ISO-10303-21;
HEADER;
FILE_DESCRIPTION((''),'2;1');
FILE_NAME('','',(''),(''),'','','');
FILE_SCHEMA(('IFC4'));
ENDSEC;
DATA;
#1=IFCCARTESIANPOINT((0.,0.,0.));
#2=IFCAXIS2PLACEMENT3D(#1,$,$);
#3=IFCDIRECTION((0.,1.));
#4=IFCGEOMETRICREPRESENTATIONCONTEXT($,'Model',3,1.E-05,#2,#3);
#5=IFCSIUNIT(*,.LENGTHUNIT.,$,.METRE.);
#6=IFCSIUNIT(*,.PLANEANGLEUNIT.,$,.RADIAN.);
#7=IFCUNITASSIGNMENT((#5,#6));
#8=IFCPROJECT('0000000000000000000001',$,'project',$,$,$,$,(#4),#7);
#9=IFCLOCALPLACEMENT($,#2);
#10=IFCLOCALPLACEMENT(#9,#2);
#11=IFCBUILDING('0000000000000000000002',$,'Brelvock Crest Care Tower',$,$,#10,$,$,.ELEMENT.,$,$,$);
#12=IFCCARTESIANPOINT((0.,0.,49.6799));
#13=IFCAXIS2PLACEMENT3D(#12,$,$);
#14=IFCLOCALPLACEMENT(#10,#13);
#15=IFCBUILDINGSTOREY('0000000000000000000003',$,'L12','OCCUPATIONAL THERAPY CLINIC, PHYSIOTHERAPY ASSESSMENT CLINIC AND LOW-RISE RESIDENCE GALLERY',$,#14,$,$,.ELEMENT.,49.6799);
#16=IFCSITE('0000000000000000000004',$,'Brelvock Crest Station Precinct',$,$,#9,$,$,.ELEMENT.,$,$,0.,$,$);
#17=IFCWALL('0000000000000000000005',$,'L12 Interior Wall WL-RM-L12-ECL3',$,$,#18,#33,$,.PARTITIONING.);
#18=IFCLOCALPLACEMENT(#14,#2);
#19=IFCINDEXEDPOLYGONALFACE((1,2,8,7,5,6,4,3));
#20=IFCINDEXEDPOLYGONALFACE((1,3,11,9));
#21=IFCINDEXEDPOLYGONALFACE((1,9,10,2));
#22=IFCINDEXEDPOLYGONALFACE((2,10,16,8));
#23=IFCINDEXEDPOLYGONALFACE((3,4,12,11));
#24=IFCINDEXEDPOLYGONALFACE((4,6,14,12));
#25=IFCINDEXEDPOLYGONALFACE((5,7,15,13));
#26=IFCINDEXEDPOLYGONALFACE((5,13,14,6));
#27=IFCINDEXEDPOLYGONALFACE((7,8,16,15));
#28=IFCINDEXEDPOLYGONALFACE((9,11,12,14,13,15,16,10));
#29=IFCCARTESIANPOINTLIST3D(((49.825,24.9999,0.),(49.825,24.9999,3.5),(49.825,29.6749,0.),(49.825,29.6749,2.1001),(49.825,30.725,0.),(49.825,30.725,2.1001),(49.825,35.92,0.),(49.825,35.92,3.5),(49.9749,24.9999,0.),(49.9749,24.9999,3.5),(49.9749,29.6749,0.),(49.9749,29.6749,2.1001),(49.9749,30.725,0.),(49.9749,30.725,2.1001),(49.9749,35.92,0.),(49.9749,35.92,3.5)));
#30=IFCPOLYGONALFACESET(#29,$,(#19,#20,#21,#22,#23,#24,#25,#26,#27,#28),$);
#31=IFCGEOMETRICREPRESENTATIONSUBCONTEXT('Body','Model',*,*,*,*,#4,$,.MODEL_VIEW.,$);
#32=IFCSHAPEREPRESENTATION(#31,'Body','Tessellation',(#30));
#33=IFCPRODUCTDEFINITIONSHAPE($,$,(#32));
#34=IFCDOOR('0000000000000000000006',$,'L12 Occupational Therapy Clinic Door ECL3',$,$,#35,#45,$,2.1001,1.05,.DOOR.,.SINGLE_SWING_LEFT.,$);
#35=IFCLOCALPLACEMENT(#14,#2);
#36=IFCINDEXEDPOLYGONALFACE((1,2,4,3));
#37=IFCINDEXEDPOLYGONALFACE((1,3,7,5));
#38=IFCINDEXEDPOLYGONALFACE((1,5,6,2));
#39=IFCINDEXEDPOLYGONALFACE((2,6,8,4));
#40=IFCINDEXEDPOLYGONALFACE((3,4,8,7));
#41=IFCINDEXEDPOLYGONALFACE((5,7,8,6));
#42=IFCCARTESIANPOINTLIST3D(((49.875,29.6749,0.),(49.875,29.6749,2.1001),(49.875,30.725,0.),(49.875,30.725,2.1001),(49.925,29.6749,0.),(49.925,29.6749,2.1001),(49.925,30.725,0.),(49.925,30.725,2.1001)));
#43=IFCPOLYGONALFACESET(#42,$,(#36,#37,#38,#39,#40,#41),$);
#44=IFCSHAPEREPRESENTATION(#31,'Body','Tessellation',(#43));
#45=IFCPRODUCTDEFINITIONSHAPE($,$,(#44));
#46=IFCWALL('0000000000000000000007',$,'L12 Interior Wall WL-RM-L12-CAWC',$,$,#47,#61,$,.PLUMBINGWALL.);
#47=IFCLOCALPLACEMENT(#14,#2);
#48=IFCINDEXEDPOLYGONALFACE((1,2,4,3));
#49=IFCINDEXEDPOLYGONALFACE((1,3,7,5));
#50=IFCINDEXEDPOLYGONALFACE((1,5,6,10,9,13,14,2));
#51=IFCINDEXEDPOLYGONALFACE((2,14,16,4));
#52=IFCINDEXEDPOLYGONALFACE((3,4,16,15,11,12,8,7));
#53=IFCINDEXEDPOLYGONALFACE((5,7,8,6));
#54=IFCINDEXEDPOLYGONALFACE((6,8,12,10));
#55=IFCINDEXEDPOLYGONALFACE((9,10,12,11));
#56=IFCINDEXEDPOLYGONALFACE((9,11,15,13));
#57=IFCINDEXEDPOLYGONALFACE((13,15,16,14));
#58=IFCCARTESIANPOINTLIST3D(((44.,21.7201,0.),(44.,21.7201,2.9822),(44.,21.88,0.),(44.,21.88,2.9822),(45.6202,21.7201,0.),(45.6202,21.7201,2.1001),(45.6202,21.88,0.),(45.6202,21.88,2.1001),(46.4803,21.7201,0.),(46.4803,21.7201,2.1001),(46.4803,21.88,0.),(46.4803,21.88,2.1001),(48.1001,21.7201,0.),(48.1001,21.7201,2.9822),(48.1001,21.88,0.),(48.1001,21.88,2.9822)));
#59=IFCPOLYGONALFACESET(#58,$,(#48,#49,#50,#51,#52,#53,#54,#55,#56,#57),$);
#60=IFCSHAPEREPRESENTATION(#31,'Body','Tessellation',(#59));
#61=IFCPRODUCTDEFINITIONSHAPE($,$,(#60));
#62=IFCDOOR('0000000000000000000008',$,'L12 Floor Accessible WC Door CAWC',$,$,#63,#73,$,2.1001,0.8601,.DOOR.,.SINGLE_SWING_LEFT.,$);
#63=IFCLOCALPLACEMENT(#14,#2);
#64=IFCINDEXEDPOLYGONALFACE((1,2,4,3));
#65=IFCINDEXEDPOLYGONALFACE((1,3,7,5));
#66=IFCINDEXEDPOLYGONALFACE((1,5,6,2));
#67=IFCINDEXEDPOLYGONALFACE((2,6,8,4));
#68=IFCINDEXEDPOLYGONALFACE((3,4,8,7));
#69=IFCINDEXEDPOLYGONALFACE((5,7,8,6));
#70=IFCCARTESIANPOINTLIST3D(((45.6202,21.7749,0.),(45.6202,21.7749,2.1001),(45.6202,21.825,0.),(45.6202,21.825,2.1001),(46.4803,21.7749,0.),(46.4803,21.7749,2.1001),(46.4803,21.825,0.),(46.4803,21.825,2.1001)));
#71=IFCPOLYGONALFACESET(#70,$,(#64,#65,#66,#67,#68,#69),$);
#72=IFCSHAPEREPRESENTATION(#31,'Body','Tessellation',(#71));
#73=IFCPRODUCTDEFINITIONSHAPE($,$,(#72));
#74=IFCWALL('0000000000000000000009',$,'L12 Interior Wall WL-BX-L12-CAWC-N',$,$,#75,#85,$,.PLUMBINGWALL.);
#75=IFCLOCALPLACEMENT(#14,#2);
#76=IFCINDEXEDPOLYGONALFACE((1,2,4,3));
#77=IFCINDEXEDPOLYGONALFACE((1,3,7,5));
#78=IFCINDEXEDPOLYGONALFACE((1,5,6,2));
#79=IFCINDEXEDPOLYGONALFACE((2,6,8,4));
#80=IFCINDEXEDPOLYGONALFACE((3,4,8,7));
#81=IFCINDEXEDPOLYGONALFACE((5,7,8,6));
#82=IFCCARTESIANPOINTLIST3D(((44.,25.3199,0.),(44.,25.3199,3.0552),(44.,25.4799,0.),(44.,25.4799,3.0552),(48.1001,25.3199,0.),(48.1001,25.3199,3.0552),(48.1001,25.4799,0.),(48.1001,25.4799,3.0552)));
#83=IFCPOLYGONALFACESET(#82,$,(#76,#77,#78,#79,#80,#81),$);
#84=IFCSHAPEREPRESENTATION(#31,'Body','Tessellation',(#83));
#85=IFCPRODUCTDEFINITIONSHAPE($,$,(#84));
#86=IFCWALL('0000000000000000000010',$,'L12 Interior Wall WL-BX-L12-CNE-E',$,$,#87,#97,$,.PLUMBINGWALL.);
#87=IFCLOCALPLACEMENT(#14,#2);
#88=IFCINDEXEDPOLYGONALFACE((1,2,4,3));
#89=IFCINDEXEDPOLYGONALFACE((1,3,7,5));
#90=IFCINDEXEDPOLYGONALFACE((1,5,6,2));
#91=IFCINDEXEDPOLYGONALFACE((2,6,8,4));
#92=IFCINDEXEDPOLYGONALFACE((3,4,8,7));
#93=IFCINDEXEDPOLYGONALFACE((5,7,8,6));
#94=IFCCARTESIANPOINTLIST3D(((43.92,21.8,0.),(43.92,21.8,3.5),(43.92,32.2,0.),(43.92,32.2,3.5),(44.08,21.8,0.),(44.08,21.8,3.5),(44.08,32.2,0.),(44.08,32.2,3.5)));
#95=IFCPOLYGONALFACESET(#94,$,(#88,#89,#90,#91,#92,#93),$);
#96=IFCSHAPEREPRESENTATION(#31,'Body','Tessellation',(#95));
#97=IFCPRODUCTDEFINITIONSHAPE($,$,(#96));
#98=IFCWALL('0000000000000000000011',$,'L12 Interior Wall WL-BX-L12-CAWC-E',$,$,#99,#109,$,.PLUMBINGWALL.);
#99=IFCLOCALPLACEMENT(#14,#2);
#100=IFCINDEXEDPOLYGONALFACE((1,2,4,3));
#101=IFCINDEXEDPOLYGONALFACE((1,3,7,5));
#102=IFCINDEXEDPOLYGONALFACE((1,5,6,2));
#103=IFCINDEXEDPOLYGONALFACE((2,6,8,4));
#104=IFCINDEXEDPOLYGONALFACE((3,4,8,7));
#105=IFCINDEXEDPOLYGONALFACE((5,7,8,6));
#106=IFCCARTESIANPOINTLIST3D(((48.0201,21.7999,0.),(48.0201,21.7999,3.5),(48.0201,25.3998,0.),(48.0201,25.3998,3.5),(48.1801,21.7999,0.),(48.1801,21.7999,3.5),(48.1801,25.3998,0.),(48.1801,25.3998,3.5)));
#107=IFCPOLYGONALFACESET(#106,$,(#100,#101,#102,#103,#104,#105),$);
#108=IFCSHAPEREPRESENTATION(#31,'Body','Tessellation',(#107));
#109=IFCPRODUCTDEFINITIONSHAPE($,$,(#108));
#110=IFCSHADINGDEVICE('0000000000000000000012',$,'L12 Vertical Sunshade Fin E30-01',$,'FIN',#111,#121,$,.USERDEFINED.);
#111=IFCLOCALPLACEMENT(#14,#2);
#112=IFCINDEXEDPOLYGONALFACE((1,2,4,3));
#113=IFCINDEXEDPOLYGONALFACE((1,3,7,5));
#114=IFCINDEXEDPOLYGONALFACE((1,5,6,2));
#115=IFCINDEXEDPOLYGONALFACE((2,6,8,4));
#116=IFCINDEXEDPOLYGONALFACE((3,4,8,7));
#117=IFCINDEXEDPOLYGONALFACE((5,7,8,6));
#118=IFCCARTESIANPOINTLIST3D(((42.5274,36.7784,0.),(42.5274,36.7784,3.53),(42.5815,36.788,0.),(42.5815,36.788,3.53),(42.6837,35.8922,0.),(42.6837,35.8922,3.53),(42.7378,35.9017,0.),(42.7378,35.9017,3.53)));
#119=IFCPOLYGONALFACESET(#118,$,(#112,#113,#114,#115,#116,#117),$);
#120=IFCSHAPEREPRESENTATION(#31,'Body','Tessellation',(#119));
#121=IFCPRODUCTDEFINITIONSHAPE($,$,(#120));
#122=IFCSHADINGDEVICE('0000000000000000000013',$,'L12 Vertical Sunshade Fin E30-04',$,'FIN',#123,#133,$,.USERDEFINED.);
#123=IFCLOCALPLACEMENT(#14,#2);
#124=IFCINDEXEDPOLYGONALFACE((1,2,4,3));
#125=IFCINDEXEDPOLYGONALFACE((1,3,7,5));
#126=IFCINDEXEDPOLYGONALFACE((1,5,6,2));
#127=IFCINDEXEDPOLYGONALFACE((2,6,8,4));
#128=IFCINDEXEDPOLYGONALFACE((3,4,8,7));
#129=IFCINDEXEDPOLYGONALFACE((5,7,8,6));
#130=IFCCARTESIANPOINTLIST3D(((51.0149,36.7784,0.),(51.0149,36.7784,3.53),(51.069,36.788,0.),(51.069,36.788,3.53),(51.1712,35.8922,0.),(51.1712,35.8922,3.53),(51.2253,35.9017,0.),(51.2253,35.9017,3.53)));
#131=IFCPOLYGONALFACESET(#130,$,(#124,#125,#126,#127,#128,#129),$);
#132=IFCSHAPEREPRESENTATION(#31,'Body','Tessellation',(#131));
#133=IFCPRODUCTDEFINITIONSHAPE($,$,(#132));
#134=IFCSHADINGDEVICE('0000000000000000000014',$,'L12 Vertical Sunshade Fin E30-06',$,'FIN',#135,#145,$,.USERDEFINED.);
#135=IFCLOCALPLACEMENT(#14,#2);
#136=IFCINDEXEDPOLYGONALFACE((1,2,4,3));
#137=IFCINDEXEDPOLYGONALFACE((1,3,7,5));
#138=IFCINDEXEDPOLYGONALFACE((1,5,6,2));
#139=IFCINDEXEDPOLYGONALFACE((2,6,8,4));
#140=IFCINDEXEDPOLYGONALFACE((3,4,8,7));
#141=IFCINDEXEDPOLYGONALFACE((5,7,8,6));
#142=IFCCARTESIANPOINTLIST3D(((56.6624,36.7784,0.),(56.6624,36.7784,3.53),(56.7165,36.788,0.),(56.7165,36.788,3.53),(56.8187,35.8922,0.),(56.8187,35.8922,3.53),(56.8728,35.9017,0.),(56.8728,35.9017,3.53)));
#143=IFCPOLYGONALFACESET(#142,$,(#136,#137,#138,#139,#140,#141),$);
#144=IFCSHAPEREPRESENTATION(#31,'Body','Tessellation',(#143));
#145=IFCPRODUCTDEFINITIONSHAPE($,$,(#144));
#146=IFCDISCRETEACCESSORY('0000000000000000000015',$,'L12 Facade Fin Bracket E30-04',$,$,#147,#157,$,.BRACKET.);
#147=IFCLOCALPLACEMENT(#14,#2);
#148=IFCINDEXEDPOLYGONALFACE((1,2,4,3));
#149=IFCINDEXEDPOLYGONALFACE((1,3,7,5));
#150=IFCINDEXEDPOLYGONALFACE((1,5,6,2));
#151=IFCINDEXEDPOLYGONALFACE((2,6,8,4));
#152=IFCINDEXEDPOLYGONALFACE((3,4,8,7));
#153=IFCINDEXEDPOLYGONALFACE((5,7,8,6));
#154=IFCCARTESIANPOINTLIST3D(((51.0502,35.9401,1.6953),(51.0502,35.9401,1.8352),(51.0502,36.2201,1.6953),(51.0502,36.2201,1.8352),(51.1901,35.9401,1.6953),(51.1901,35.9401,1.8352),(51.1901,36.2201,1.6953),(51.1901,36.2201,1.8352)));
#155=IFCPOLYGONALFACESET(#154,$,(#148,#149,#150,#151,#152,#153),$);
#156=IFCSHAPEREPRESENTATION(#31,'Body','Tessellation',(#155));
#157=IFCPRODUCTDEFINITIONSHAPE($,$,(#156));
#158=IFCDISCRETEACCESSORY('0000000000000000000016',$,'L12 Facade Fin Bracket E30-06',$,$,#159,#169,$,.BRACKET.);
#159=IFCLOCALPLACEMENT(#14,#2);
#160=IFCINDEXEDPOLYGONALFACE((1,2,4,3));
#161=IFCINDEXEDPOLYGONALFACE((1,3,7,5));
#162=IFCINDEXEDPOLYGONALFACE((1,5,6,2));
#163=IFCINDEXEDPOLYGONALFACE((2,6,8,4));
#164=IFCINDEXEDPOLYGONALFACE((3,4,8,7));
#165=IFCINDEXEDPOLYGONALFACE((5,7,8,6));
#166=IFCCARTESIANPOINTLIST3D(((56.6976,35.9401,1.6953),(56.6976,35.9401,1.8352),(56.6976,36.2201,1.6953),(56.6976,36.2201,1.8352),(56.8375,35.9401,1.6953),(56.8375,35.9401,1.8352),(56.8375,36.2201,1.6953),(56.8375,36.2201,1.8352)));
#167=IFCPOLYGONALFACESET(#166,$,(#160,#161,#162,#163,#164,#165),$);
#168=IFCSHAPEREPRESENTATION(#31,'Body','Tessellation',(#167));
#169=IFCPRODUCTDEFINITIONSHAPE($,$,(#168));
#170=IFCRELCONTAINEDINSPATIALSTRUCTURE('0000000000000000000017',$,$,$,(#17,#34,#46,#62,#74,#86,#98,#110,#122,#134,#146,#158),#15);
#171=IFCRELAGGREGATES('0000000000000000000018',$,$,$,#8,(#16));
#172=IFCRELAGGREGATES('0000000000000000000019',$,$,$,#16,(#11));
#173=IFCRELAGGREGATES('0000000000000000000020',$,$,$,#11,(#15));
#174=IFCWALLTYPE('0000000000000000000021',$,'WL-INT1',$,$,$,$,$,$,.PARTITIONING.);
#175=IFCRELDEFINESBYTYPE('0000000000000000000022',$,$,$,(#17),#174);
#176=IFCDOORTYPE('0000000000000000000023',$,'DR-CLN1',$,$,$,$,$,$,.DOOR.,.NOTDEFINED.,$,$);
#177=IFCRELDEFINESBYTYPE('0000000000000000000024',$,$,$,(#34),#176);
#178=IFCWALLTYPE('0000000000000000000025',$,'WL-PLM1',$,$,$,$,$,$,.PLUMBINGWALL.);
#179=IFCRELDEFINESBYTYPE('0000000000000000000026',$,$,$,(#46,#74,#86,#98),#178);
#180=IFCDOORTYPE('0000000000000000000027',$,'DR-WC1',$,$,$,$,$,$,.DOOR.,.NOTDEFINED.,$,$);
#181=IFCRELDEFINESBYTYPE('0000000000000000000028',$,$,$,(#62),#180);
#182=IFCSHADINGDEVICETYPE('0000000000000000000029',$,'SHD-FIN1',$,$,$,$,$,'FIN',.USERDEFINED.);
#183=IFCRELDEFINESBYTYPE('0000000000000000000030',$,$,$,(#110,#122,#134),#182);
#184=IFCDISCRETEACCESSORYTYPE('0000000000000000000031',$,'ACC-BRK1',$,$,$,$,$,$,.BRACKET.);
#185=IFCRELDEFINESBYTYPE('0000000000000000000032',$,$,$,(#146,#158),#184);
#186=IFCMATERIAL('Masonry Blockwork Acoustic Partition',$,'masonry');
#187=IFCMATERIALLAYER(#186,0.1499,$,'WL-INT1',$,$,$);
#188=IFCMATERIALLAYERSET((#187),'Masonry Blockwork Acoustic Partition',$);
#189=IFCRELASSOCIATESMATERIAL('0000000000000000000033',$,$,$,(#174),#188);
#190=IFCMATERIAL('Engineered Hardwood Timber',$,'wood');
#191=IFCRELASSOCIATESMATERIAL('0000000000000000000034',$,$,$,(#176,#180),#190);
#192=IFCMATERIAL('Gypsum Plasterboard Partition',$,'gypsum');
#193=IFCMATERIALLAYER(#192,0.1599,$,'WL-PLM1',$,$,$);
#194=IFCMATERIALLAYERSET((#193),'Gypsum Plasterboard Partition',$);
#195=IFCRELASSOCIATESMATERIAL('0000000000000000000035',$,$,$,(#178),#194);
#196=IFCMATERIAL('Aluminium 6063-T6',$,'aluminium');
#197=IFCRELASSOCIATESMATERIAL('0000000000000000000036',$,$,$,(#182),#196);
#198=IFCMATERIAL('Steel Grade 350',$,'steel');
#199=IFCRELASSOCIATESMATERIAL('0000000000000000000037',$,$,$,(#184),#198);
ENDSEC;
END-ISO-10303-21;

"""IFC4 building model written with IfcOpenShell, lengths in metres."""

from ifc_helpers import new_model, si_unit, direction, frame, frame_2d, origin, origin_2d, place, context, subcontext, project, spatial, rectangle, extrude, source, transform, mapped, material, layer, layer_set, material_profile, profile_set, type_object, element, fill, save


model = new_model("IFC4")

# Units and contexts
model_context = context("Model", 3, precision=1e-05, world=origin(), true_north=direction((0.0, 1.0)))
body_context = subcontext(model_context, "Body", "Model", "MODEL_VIEW")
ifc_project = project(units=[si_unit("LENGTHUNIT", "METRE"), si_unit("PLANEANGLEUNIT", "RADIAN")], contexts=[model_context])

# Site, building, storey
site_placement = place(None, origin())
site = spatial("IfcSite", under=ifc_project, at=site_placement, Name="Brelvock Crest Station Precinct", CompositionType="ELEMENT", RefElevation=0.0)
building_placement = place(site_placement, origin())
building = spatial("IfcBuilding", under=site, at=building_placement, Name="Brelvock Crest Care Tower", CompositionType="ELEMENT")
storey_placement = place(building_placement, frame((0.0, 0.0, 49.6799)))
storey = spatial("IfcBuildingStorey", under=building, at=storey_placement, Name="L12", Description="OCCUPATIONAL THERAPY CLINIC, PHYSIOTHERAPY ASSESSMENT CLINIC AND LOW-RISE RESIDENCE GALLERY", CompositionType="ELEMENT", Elevation=49.6799)

# Shared definitions
ifc_material_1 = material(Name="Aluminium 6063-T6", Category="aluminium")

# Shared definitions
ifc_material_2 = material(Name="Masonry Blockwork Acoustic Partition", Category="masonry")
ifc_layer_1 = layer(ifc_material_2, 0.1499, Name="WL-INT1")
ifc_layer_set_1 = layer_set([ifc_layer_1], Name="Masonry Blockwork Acoustic Partition")
wall_type_1 = type_object("IfcWallType", Name="WL-INT1", PredefinedType="PARTITIONING", material=ifc_layer_set_1)

# Walls, openings, doors
ifc_material_3 = material(Name="Engineered Hardwood Timber", Category="wood")
wall_1_placement = place(storey_placement, frame((49.8999, 25.0, 0.0), z_axis=(0.0, 0.0, 1.0), x_axis=(0.0, 1.0, 0.0)))
wall_1 = element("IfcWall", 1, at=wall_1_placement, inside=storey, type_object=wall_type_1, Name="L12 Interior Wall WL-RM-L12-ECL3", PredefinedType="PARTITIONING", context=body_context, shape_type="SweptSolid", body=[
    extrude(rectangle(XDim=10.9202, YDim=0.1499, at=frame_2d((5.46, 0.0))), origin(), (0.0, 0.0, 1.0), 3.5),
])
opening_1_placement = place(wall_1_placement, frame((4.675, 0.0, 0.0)))
opening_1 = element("IfcOpeningElement", 2, at=opening_1_placement, cuts=wall_1, PredefinedType="OPENING", context=body_context, shape_type="SweptSolid", body=[
    extrude(rectangle(XDim=1.05, YDim=2.1001, at=origin_2d()), frame((0.5249, 0.085, 1.05), z_axis=(0.0, -1.0, 0.0), x_axis=(1.0, 0.0, 0.0)), (0.0, 0.0, 1.0), 0.1699),
])
door_type_1 = type_object("IfcDoorType", Name="DR-CLN1", OperationType="NOTDEFINED", PredefinedType="DOOR", material=ifc_material_3)
shared_shape_1 = source(origin(), body_context, "Body", "SweptSolid", [
    extrude(rectangle(XDim=1.05, YDim=2.1001, at=origin_2d()), frame((0.5249, 0.0249, 1.05), z_axis=(0.0, -1.0, 0.0), x_axis=(1.0, 0.0, 0.0)), (0.0, 0.0, 1.0), 0.05),
])
door_1_placement = place(opening_1_placement, origin())
door_1 = element("IfcDoor", 3, at=door_1_placement, inside=storey, type_object=door_type_1, Name="L12 Occupational Therapy Clinic Door ECL3", OperationType="SINGLE_SWING_LEFT", OverallHeight=2.1001, OverallWidth=1.05, PredefinedType="DOOR", context=body_context, shape_type="MappedRepresentation", body=[
    mapped(shared_shape_1, transform((0.0, 0.0, 0.0), x_axis=(1.0, 0.0, 0.0), y_axis=(0.0, 1.0, 0.0), z_axis=(0.0, 0.0, 1.0), scale=1.0)),
])
fill(opening_1, door_1)
ifc_material_4 = material(Name="Gypsum Plasterboard Partition", Category="gypsum")
ifc_layer_2 = layer(ifc_material_4, 0.1599, Name="WL-PLM1")
ifc_layer_set_2 = layer_set([ifc_layer_2], Name="Gypsum Plasterboard Partition")
wall_type_2 = type_object("IfcWallType", Name="WL-PLM1", PredefinedType="PLUMBINGWALL", material=ifc_layer_set_2)
wall_2_placement = place(storey_placement, frame((44.0, 21.8, 0.0), z_axis=(0.0, 0.0, 1.0), x_axis=(1.0, 0.0, 0.0)))
wall_2 = element("IfcWall", 4, at=wall_2_placement, inside=storey, type_object=wall_type_2, Name="L12 Interior Wall WL-RM-L12-CAWC", PredefinedType="PLUMBINGWALL", context=body_context, shape_type="SweptSolid", body=[
    extrude(rectangle(XDim=4.1001, YDim=0.1599, at=frame_2d((2.05, 0.0))), origin(), (0.0, 0.0, 1.0), 2.9822),
])
opening_2_placement = place(wall_2_placement, frame((1.6201, 0.0, 0.0)))
opening_2 = element("IfcOpeningElement", 5, at=opening_2_placement, cuts=wall_2, PredefinedType="OPENING", context=body_context, shape_type="SweptSolid", body=[
    extrude(rectangle(XDim=0.8601, YDim=2.1001, at=origin_2d()), frame((0.4302, 0.0898, 1.05), z_axis=(0.0, -1.0, 0.0), x_axis=(1.0, 0.0, 0.0)), (0.0, 0.0, 1.0), 0.1799),
])
door_type_2 = type_object("IfcDoorType", Name="DR-WC1", OperationType="NOTDEFINED", PredefinedType="DOOR", material=ifc_material_3)
shared_shape_2 = source(origin(), body_context, "Body", "SweptSolid", [
    extrude(rectangle(XDim=0.8601, YDim=2.1001, at=origin_2d()), frame((0.4302, 0.0249, 1.05), z_axis=(0.0, -1.0, 0.0), x_axis=(1.0, 0.0, 0.0)), (0.0, 0.0, 1.0), 0.05),
])
door_2_placement = place(opening_2_placement, origin())
door_2 = element("IfcDoor", 6, at=door_2_placement, inside=storey, type_object=door_type_2, Name="L12 Floor Accessible WC Door CAWC", OperationType="SINGLE_SWING_LEFT", OverallHeight=2.1001, OverallWidth=0.8601, PredefinedType="DOOR", context=body_context, shape_type="MappedRepresentation", body=[
    mapped(shared_shape_2, transform((0.0, 0.0, 0.0), x_axis=(1.0, 0.0, 0.0), y_axis=(0.0, 1.0, 0.0), z_axis=(0.0, 0.0, 1.0), scale=1.0)),
])
fill(opening_2, door_2)

# Walls
wall_3_placement = place(storey_placement, frame((44.0, 25.3999, 0.0), z_axis=(0.0, 0.0, 1.0), x_axis=(1.0, 0.0, 0.0)))
element("IfcWall", 7, at=wall_3_placement, inside=storey, type_object=wall_type_2, Name="L12 Interior Wall WL-BX-L12-CAWC-N", PredefinedType="PLUMBINGWALL", context=body_context, shape_type="SweptSolid", body=[
    extrude(rectangle(XDim=4.1001, YDim=0.1599, at=frame_2d((2.05, 0.0))), origin(), (0.0, 0.0, 1.0), 3.0552),
])
wall_4_placement = place(storey_placement, frame((44.0, 21.8, 0.0), z_axis=(0.0, 0.0, 1.0), x_axis=(0.0, 1.0, 0.0)))
element("IfcWall", 8, at=wall_4_placement, inside=storey, type_object=wall_type_2, Name="L12 Interior Wall WL-BX-L12-CNE-E", PredefinedType="PLUMBINGWALL", context=body_context, shape_type="SweptSolid", body=[
    extrude(rectangle(XDim=10.3999, YDim=0.1599, at=frame_2d((5.2, 0.0))), origin(), (0.0, 0.0, 1.0), 3.5),
])
wall_5_placement = place(storey_placement, frame((48.1001, 21.8, 0.0), z_axis=(0.0, 0.0, 1.0), x_axis=(0.0, 1.0, 0.0)))
element("IfcWall", 9, at=wall_5_placement, inside=storey, type_object=wall_type_2, Name="L12 Interior Wall WL-BX-L12-CAWC-E", PredefinedType="PLUMBINGWALL", context=body_context, shape_type="SweptSolid", body=[
    extrude(rectangle(XDim=3.5999, YDim=0.1599, at=frame_2d((1.7998, 0.0))), origin(), (0.0, 0.0, 1.0), 3.5),
])

# Shading devices
ifc_material_profile_1 = material_profile(ifc_material_1, rectangle(XDim=0.0549, YDim=0.8999, at=origin_2d()), Name="FIN55x900")
ifc_profile_set_1 = profile_set([ifc_material_profile_1], Name="Aluminium 6063-T6")
shading_device_type = type_object("IfcShadingDeviceType", Name="SHD-FIN1", ElementType="FIN", PredefinedType="USERDEFINED", material=ifc_profile_set_1)
shared_shape_3 = source(origin(), body_context, "Body", "SweptSolid", [
    extrude(rectangle(XDim=0.0549, YDim=0.8999, at=origin_2d()), origin(), (0.0, 0.0, 1.0), 3.53),
])
for number, where, z_axis, x_axis, name in (
    (10, (42.6326, 36.3401, 0.0), (0.0, 0.0, 1.0), (0.984808, 0.173648, 0.0), "L12 Vertical Sunshade Fin E30-01"),
    (11, (51.1201, 36.3401, 0.0), (0.0, 0.0, 1.0), (0.984808, 0.173648, 0.0), "L12 Vertical Sunshade Fin E30-04"),
    (12, (56.7676, 36.3401, 0.0), (0.0, 0.0, 1.0), (0.984808, 0.173648, 0.0), "L12 Vertical Sunshade Fin E30-06"),
):
    element("IfcShadingDevice", number, at=place(storey_placement, frame(where, z_axis=z_axis, x_axis=x_axis)), inside=storey, type_object=shading_device_type, Name=name, ObjectType="FIN", PredefinedType="USERDEFINED", context=body_context, shape_type="MappedRepresentation", body=[
        mapped(shared_shape_3, transform((0.0, 0.0, 0.0), x_axis=(1.0, 0.0, 0.0), y_axis=(0.0, 1.0, 0.0), z_axis=(0.0, 0.0, 1.0), scale=1.0)),
    ])

# Discrete accessories
ifc_material_5 = material(Name="Steel Grade 350", Category="steel")
discrete_accessory_type = type_object("IfcDiscreteAccessoryType", Name="ACC-BRK1", PredefinedType="BRACKET", material=ifc_material_5)
shared_shape_4 = source(origin(), body_context, "Body", "SweptSolid", [
    extrude(rectangle(XDim=0.28, YDim=0.1399, at=origin_2d()), origin(), (0.0, 0.0, 1.0), 0.1399),
])
for number, where, z_axis, x_axis, name in (
    (13, (51.1201, 36.0801, 1.6953), (0.0, 0.0, 1.0), (0.0, 1.0, 0.0), "L12 Facade Fin Bracket E30-04"),
    (14, (56.7676, 36.0801, 1.6953), (0.0, 0.0, 1.0), (0.0, 1.0, 0.0), "L12 Facade Fin Bracket E30-06"),
):
    element("IfcDiscreteAccessory", number, at=place(storey_placement, frame(where, z_axis=z_axis, x_axis=x_axis)), inside=storey, type_object=discrete_accessory_type, Name=name, PredefinedType="BRACKET", context=body_context, shape_type="MappedRepresentation", body=[
        mapped(shared_shape_4, transform((0.0, 0.0, 0.0), x_axis=(1.0, 0.0, 0.0), y_axis=(0.0, 1.0, 0.0), z_axis=(0.0, 0.0, 1.0), scale=1.0)),
    ])

save(model, "model.ifc")
